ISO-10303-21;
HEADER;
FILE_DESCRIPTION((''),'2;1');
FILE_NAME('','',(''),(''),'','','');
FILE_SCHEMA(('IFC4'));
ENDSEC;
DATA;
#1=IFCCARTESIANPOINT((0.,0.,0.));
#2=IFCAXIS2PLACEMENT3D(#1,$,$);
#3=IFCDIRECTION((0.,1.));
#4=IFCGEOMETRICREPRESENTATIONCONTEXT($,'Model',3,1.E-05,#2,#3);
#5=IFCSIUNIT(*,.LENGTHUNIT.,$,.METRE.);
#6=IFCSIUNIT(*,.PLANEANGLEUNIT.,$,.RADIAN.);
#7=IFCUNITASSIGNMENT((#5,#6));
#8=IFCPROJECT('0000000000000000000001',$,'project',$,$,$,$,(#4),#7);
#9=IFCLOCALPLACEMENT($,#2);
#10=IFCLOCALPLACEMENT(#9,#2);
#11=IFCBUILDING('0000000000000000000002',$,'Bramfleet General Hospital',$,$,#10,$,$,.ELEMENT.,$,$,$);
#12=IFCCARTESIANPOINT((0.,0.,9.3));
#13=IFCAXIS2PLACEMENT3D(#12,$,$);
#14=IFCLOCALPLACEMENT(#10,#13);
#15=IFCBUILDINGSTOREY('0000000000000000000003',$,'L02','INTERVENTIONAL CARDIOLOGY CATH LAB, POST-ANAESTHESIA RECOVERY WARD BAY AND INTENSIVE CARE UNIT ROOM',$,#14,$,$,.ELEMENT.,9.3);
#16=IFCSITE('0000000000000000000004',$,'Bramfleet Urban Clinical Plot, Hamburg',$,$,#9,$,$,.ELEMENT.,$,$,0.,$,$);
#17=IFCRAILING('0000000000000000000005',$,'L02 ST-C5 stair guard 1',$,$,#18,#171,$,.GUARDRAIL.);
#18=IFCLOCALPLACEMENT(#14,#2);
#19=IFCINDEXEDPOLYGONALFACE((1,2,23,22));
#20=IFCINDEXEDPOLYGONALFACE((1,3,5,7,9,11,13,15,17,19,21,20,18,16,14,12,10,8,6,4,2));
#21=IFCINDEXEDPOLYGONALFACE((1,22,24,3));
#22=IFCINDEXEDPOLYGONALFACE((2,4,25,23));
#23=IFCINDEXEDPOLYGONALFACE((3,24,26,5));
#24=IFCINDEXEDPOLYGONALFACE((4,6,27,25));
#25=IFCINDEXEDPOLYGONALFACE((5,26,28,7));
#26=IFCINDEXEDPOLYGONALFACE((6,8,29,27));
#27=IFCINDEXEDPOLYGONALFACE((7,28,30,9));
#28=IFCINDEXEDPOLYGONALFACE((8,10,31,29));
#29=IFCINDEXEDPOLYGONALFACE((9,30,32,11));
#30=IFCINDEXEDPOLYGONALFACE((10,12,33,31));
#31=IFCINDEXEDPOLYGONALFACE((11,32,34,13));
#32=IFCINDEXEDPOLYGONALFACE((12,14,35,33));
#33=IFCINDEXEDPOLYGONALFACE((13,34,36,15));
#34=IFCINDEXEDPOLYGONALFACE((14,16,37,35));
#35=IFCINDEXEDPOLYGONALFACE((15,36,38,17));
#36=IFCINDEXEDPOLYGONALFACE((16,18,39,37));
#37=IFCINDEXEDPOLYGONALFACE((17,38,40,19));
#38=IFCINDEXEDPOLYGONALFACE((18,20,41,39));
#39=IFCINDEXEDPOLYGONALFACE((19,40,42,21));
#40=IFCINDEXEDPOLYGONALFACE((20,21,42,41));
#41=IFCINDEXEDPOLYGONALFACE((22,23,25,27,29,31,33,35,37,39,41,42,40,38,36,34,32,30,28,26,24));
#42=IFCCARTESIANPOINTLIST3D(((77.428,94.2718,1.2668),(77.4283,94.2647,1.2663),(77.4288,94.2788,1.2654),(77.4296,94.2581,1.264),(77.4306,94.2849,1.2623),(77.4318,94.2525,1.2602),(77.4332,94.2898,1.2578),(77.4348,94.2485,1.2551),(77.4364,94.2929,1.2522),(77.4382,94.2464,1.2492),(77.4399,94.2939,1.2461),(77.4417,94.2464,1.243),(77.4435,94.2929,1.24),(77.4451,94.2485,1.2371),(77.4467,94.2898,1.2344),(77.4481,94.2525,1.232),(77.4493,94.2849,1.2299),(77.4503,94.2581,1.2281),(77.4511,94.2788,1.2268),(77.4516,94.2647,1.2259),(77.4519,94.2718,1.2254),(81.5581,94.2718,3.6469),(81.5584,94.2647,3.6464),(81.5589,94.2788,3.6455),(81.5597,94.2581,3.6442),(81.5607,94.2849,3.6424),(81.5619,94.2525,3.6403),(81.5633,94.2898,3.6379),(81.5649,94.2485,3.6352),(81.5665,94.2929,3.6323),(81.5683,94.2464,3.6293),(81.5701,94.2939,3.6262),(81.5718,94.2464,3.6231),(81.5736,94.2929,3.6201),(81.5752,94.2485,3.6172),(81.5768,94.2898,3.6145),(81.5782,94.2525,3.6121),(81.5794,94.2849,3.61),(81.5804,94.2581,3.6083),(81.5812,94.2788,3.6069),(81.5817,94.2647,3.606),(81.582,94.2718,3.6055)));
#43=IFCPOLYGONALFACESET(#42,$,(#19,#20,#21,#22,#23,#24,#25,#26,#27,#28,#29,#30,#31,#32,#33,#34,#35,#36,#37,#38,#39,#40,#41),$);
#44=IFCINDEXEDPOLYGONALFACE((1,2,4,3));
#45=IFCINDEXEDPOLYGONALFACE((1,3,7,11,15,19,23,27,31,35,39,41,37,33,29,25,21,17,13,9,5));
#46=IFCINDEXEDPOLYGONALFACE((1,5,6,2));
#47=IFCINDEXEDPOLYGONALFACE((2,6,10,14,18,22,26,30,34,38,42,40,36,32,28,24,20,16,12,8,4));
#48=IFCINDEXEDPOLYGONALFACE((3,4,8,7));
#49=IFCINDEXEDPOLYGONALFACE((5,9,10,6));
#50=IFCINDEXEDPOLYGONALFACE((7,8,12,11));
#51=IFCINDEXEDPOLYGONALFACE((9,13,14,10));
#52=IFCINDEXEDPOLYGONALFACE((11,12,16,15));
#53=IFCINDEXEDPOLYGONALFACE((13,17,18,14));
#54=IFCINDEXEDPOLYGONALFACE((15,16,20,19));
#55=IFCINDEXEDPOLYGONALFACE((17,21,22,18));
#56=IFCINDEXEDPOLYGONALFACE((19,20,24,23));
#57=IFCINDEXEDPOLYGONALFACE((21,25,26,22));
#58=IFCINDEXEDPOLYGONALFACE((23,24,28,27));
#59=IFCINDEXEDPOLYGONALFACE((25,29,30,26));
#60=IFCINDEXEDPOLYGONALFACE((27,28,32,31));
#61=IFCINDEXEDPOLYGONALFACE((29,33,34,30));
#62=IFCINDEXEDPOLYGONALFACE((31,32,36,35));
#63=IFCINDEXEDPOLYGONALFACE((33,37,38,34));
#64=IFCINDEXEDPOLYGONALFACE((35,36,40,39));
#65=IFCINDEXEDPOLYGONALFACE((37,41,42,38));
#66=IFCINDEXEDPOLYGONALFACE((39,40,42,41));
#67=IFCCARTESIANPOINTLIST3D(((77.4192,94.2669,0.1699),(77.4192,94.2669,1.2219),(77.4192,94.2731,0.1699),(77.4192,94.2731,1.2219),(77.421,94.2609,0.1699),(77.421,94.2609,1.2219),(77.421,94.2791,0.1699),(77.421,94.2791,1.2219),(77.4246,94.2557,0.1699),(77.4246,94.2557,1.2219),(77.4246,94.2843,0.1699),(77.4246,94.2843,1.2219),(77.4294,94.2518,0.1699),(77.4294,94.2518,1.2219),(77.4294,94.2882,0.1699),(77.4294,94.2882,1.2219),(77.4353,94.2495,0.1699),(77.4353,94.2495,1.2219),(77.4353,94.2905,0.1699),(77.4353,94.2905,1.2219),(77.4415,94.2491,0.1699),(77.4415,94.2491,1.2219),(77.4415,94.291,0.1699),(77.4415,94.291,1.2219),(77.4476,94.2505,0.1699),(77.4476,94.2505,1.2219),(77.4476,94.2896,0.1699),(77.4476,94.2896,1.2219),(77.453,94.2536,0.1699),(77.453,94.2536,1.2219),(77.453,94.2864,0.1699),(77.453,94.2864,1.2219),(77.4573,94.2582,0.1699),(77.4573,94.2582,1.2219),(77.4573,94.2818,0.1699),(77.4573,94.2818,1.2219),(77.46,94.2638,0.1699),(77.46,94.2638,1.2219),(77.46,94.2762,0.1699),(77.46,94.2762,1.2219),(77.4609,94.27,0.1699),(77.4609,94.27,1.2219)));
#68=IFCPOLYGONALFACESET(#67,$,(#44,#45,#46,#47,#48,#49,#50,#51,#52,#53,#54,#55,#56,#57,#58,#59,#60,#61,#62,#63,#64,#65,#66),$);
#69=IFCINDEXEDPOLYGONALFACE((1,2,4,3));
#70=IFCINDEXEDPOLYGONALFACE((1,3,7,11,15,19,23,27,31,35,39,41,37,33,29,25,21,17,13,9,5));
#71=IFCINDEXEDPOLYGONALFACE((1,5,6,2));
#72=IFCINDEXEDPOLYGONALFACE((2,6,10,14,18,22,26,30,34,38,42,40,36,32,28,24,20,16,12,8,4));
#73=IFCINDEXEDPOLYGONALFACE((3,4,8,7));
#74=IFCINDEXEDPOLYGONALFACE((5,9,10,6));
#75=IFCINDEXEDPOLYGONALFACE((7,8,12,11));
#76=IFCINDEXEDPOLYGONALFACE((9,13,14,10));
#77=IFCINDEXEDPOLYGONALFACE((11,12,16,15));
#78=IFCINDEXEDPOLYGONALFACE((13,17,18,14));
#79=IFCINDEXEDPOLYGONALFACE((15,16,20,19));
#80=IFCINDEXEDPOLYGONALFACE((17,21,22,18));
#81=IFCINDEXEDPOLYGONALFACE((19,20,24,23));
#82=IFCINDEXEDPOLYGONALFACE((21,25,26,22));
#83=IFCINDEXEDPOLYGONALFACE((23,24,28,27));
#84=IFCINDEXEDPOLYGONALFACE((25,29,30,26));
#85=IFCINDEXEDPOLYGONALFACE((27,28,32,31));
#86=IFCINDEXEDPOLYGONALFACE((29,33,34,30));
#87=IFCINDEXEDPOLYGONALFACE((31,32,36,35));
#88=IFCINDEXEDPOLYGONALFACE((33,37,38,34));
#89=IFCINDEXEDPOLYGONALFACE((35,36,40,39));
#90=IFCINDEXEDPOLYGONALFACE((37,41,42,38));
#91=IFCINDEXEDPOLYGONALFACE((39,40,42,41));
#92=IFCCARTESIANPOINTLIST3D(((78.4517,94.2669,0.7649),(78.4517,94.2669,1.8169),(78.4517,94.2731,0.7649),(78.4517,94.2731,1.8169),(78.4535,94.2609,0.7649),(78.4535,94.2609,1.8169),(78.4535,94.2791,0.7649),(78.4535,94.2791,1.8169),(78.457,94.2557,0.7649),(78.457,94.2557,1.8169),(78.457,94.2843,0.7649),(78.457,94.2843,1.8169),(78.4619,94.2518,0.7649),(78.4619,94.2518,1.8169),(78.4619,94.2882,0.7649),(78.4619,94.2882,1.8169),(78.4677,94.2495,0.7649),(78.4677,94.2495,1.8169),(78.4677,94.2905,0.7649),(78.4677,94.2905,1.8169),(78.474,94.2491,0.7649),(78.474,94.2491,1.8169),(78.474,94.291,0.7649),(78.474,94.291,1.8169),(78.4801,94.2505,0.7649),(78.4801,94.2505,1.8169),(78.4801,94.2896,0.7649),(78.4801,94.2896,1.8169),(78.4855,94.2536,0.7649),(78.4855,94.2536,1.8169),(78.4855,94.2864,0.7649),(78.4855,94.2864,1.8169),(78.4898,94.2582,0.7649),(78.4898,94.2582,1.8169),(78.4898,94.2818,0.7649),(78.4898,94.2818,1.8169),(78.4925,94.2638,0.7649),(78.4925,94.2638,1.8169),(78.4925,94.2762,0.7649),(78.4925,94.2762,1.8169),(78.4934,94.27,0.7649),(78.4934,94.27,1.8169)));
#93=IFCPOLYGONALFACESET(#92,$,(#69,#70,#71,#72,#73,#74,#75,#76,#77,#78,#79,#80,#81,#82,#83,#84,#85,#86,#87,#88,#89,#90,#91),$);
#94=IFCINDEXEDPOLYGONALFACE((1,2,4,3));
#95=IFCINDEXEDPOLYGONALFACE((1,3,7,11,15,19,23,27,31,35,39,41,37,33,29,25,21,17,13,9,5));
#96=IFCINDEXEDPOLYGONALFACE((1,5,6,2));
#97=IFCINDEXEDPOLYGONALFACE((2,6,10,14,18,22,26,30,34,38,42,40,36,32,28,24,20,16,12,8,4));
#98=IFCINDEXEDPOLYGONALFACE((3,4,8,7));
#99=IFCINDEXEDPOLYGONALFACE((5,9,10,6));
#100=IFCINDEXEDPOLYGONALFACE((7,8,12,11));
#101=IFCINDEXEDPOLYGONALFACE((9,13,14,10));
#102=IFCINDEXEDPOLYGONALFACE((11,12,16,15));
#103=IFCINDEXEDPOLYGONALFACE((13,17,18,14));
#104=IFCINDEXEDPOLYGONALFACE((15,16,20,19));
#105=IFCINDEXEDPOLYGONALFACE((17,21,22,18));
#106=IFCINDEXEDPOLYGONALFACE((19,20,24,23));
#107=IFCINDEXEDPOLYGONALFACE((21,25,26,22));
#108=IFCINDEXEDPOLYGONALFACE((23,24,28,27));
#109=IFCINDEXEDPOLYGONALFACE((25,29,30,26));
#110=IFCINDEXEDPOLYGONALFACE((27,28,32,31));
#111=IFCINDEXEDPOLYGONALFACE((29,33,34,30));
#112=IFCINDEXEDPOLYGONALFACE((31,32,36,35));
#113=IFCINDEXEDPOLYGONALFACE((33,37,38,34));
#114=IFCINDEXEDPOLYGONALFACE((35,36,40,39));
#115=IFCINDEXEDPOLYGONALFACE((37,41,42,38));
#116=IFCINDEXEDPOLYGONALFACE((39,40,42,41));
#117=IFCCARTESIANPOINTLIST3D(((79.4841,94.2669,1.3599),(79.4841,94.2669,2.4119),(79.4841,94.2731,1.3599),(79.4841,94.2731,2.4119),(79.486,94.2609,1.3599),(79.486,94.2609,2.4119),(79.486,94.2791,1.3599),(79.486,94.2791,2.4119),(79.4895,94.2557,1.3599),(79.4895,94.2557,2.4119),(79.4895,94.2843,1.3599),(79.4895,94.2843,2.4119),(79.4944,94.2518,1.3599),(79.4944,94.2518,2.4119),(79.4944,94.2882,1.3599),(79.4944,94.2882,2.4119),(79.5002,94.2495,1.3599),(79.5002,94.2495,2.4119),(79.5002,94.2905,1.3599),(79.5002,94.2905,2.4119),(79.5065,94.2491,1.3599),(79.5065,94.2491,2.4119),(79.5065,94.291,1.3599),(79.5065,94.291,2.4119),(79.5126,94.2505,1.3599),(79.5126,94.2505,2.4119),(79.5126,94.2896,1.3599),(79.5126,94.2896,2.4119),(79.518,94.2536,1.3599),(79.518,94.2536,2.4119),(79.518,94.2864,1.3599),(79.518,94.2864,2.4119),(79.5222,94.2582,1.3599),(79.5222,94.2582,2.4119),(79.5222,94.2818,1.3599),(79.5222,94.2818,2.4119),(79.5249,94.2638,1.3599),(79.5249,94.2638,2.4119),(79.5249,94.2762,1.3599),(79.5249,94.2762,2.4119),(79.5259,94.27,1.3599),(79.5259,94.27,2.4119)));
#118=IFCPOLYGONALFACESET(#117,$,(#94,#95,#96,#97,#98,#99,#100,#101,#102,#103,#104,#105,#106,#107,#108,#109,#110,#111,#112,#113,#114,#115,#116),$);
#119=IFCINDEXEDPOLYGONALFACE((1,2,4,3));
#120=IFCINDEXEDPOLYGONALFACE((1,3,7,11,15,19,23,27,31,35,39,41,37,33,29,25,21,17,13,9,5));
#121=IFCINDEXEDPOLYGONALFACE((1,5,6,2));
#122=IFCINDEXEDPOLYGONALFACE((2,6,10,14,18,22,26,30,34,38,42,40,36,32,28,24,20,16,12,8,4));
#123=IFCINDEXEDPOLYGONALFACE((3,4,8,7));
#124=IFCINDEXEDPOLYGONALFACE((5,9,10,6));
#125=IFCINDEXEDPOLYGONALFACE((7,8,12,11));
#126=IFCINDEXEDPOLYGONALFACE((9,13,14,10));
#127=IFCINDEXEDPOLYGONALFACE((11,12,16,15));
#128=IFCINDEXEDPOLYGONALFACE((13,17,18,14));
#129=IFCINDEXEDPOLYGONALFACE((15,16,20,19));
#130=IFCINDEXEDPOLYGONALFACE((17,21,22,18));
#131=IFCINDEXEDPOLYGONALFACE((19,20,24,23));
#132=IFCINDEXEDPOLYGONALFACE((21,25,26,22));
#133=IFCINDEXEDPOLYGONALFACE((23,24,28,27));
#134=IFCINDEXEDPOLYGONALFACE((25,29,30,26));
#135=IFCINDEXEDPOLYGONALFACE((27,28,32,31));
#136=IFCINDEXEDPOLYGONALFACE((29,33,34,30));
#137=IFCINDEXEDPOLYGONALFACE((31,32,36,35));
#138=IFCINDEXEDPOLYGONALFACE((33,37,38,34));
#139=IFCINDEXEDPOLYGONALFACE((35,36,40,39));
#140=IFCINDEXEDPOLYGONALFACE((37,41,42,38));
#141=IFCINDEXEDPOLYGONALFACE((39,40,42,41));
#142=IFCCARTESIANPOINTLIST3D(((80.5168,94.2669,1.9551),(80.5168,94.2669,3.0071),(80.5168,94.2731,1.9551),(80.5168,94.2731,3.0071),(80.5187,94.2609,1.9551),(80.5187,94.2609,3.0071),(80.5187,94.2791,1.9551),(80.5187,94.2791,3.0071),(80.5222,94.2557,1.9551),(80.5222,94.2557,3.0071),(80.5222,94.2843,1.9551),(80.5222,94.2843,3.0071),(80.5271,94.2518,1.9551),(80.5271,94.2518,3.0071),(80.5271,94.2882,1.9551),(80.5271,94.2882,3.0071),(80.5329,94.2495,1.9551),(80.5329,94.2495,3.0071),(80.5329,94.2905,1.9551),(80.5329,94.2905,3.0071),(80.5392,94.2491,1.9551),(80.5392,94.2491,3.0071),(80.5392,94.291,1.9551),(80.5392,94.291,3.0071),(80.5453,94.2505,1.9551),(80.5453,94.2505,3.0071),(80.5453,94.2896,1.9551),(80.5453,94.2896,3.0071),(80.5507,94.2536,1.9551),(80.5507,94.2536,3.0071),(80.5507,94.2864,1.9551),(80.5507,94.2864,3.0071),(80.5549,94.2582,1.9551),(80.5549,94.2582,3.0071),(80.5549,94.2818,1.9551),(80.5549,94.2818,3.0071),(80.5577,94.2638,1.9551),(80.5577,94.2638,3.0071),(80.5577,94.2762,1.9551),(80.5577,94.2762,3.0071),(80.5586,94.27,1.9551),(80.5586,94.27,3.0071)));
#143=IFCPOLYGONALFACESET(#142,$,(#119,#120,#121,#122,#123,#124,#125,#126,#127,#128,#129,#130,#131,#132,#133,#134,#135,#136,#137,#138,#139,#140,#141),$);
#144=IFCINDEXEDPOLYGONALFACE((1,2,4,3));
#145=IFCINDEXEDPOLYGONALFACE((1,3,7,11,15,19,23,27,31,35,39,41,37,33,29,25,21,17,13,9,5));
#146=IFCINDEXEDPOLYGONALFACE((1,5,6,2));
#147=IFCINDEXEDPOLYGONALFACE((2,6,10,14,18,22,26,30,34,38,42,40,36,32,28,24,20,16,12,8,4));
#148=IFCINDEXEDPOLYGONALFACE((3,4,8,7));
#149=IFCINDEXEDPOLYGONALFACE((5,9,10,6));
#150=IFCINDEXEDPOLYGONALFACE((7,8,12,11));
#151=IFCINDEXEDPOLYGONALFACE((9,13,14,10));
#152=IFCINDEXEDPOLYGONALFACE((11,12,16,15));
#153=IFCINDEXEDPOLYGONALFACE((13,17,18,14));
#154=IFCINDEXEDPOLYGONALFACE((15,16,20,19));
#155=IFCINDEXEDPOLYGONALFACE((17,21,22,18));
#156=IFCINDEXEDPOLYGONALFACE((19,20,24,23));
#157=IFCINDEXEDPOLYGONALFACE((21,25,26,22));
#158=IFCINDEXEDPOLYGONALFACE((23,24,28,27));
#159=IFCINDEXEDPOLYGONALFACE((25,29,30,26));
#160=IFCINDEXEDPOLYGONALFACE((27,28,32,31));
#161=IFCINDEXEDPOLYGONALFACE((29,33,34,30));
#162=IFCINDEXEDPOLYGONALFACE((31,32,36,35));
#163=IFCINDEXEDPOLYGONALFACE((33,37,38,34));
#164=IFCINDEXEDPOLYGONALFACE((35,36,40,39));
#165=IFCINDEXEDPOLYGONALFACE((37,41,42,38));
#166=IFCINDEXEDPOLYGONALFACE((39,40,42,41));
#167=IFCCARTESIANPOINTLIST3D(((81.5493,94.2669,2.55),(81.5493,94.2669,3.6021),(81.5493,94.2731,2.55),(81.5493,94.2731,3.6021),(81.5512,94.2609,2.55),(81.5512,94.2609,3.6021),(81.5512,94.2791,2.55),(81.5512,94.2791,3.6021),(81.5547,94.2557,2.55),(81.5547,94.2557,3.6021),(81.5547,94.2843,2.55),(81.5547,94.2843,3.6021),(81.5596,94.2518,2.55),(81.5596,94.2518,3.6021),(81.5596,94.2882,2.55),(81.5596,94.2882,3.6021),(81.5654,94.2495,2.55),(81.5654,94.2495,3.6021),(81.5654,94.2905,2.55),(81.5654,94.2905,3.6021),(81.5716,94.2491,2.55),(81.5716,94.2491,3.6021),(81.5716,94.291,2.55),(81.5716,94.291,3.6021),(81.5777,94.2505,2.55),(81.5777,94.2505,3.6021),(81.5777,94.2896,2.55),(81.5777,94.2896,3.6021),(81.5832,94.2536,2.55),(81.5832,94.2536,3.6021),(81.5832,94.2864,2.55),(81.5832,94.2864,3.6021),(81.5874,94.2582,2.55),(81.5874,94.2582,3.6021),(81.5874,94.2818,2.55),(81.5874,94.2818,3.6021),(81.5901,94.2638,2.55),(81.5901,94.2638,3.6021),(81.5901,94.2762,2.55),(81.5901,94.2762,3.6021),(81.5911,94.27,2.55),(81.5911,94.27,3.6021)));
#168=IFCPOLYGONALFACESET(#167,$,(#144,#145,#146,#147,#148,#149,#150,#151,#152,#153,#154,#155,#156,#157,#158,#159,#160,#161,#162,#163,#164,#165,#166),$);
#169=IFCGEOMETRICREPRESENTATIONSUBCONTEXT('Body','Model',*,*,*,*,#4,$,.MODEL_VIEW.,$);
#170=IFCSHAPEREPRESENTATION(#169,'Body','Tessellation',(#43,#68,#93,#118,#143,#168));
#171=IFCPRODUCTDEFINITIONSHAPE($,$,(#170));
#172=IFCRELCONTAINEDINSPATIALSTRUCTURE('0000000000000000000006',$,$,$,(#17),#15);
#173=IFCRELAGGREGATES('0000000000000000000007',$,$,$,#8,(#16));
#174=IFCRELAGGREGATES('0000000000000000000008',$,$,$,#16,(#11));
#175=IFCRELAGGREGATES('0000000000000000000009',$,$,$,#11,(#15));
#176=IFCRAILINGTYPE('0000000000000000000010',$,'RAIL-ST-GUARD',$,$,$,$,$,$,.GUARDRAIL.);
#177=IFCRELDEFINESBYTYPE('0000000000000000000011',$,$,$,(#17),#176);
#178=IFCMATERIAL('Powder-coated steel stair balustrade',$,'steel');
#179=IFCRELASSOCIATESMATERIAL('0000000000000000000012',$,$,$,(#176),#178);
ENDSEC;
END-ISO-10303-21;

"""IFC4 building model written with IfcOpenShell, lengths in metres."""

from ifc_helpers import new_model, si_unit, direction, frame, origin, origin_2d, place, context, subcontext, project, spatial, circle, extrude, material, type_object, element, save


model = new_model("IFC4")

# Units and contexts
model_context = context("Model", 3, precision=1e-05, world=origin(), true_north=direction((0.0, 1.0)))
body_context = subcontext(model_context, "Body", "Model", "MODEL_VIEW")
ifc_project = project(units=[si_unit("LENGTHUNIT", "METRE"), si_unit("PLANEANGLEUNIT", "RADIAN")], contexts=[model_context])

# Site, building, storey
site_placement = place(None, origin())
site = spatial("IfcSite", under=ifc_project, at=site_placement, Name="Bramfleet Urban Clinical Plot, Hamburg", CompositionType="ELEMENT", RefElevation=0.0)
building_placement = place(site_placement, origin())
building = spatial("IfcBuilding", under=site, at=building_placement, Name="Bramfleet General Hospital", CompositionType="ELEMENT")
storey_placement = place(building_placement, frame((0.0, 0.0, 9.3)))
storey = spatial("IfcBuildingStorey", under=building, at=storey_placement, Name="L02", Description="INTERVENTIONAL CARDIOLOGY CATH LAB, POST-ANAESTHESIA RECOVERY WARD BAY AND INTENSIVE CARE UNIT ROOM", CompositionType="ELEMENT", Elevation=9.3)

# Railing
ifc_material_1 = material(Name="Powder-coated steel stair balustrade", Category="steel")
railing_type_1 = type_object("IfcRailingType", Name="RAIL-ST-GUARD", PredefinedType="GUARDRAIL", material=ifc_material_1)
railing_1_placement = place(storey_placement, frame((77.4399, 94.27, 0.1699)))
element("IfcRailing", 1, at=railing_1_placement, inside=storey, type_object=railing_type_1, Name="L02 ST-C5 stair guard 1", PredefinedType="GUARDRAIL", context=body_context, shape_type="SweptSolid", body=[
    extrude(circle(Radius=0.0239, at=origin_2d()), frame((0.0, 0.0, 1.0762), z_axis=(0.866425, 0.0, 0.499307), x_axis=(0.0, 1.0, 0.0)), (0.0, 0.0, 1.0), 4.7668),
    extrude(circle(Radius=0.021, at=origin_2d()), origin(), (0.0, 0.0, 1.0), 1.052),
    extrude(circle(Radius=0.021, at=origin_2d()), frame((1.0325, 0.0, 0.595)), (0.0, 0.0, 1.0), 1.052),
    extrude(circle(Radius=0.021, at=origin_2d()), frame((2.0649, 0.0, 1.1899)), (0.0, 0.0, 1.0), 1.052),
    extrude(circle(Radius=0.021, at=origin_2d()), frame((3.0977, 0.0, 1.7852)), (0.0, 0.0, 1.0), 1.052),
    extrude(circle(Radius=0.021, at=origin_2d()), frame((4.1301, 0.0, 2.3801)), (0.0, 0.0, 1.0), 1.052),
])

save(model, "model.ifc")
